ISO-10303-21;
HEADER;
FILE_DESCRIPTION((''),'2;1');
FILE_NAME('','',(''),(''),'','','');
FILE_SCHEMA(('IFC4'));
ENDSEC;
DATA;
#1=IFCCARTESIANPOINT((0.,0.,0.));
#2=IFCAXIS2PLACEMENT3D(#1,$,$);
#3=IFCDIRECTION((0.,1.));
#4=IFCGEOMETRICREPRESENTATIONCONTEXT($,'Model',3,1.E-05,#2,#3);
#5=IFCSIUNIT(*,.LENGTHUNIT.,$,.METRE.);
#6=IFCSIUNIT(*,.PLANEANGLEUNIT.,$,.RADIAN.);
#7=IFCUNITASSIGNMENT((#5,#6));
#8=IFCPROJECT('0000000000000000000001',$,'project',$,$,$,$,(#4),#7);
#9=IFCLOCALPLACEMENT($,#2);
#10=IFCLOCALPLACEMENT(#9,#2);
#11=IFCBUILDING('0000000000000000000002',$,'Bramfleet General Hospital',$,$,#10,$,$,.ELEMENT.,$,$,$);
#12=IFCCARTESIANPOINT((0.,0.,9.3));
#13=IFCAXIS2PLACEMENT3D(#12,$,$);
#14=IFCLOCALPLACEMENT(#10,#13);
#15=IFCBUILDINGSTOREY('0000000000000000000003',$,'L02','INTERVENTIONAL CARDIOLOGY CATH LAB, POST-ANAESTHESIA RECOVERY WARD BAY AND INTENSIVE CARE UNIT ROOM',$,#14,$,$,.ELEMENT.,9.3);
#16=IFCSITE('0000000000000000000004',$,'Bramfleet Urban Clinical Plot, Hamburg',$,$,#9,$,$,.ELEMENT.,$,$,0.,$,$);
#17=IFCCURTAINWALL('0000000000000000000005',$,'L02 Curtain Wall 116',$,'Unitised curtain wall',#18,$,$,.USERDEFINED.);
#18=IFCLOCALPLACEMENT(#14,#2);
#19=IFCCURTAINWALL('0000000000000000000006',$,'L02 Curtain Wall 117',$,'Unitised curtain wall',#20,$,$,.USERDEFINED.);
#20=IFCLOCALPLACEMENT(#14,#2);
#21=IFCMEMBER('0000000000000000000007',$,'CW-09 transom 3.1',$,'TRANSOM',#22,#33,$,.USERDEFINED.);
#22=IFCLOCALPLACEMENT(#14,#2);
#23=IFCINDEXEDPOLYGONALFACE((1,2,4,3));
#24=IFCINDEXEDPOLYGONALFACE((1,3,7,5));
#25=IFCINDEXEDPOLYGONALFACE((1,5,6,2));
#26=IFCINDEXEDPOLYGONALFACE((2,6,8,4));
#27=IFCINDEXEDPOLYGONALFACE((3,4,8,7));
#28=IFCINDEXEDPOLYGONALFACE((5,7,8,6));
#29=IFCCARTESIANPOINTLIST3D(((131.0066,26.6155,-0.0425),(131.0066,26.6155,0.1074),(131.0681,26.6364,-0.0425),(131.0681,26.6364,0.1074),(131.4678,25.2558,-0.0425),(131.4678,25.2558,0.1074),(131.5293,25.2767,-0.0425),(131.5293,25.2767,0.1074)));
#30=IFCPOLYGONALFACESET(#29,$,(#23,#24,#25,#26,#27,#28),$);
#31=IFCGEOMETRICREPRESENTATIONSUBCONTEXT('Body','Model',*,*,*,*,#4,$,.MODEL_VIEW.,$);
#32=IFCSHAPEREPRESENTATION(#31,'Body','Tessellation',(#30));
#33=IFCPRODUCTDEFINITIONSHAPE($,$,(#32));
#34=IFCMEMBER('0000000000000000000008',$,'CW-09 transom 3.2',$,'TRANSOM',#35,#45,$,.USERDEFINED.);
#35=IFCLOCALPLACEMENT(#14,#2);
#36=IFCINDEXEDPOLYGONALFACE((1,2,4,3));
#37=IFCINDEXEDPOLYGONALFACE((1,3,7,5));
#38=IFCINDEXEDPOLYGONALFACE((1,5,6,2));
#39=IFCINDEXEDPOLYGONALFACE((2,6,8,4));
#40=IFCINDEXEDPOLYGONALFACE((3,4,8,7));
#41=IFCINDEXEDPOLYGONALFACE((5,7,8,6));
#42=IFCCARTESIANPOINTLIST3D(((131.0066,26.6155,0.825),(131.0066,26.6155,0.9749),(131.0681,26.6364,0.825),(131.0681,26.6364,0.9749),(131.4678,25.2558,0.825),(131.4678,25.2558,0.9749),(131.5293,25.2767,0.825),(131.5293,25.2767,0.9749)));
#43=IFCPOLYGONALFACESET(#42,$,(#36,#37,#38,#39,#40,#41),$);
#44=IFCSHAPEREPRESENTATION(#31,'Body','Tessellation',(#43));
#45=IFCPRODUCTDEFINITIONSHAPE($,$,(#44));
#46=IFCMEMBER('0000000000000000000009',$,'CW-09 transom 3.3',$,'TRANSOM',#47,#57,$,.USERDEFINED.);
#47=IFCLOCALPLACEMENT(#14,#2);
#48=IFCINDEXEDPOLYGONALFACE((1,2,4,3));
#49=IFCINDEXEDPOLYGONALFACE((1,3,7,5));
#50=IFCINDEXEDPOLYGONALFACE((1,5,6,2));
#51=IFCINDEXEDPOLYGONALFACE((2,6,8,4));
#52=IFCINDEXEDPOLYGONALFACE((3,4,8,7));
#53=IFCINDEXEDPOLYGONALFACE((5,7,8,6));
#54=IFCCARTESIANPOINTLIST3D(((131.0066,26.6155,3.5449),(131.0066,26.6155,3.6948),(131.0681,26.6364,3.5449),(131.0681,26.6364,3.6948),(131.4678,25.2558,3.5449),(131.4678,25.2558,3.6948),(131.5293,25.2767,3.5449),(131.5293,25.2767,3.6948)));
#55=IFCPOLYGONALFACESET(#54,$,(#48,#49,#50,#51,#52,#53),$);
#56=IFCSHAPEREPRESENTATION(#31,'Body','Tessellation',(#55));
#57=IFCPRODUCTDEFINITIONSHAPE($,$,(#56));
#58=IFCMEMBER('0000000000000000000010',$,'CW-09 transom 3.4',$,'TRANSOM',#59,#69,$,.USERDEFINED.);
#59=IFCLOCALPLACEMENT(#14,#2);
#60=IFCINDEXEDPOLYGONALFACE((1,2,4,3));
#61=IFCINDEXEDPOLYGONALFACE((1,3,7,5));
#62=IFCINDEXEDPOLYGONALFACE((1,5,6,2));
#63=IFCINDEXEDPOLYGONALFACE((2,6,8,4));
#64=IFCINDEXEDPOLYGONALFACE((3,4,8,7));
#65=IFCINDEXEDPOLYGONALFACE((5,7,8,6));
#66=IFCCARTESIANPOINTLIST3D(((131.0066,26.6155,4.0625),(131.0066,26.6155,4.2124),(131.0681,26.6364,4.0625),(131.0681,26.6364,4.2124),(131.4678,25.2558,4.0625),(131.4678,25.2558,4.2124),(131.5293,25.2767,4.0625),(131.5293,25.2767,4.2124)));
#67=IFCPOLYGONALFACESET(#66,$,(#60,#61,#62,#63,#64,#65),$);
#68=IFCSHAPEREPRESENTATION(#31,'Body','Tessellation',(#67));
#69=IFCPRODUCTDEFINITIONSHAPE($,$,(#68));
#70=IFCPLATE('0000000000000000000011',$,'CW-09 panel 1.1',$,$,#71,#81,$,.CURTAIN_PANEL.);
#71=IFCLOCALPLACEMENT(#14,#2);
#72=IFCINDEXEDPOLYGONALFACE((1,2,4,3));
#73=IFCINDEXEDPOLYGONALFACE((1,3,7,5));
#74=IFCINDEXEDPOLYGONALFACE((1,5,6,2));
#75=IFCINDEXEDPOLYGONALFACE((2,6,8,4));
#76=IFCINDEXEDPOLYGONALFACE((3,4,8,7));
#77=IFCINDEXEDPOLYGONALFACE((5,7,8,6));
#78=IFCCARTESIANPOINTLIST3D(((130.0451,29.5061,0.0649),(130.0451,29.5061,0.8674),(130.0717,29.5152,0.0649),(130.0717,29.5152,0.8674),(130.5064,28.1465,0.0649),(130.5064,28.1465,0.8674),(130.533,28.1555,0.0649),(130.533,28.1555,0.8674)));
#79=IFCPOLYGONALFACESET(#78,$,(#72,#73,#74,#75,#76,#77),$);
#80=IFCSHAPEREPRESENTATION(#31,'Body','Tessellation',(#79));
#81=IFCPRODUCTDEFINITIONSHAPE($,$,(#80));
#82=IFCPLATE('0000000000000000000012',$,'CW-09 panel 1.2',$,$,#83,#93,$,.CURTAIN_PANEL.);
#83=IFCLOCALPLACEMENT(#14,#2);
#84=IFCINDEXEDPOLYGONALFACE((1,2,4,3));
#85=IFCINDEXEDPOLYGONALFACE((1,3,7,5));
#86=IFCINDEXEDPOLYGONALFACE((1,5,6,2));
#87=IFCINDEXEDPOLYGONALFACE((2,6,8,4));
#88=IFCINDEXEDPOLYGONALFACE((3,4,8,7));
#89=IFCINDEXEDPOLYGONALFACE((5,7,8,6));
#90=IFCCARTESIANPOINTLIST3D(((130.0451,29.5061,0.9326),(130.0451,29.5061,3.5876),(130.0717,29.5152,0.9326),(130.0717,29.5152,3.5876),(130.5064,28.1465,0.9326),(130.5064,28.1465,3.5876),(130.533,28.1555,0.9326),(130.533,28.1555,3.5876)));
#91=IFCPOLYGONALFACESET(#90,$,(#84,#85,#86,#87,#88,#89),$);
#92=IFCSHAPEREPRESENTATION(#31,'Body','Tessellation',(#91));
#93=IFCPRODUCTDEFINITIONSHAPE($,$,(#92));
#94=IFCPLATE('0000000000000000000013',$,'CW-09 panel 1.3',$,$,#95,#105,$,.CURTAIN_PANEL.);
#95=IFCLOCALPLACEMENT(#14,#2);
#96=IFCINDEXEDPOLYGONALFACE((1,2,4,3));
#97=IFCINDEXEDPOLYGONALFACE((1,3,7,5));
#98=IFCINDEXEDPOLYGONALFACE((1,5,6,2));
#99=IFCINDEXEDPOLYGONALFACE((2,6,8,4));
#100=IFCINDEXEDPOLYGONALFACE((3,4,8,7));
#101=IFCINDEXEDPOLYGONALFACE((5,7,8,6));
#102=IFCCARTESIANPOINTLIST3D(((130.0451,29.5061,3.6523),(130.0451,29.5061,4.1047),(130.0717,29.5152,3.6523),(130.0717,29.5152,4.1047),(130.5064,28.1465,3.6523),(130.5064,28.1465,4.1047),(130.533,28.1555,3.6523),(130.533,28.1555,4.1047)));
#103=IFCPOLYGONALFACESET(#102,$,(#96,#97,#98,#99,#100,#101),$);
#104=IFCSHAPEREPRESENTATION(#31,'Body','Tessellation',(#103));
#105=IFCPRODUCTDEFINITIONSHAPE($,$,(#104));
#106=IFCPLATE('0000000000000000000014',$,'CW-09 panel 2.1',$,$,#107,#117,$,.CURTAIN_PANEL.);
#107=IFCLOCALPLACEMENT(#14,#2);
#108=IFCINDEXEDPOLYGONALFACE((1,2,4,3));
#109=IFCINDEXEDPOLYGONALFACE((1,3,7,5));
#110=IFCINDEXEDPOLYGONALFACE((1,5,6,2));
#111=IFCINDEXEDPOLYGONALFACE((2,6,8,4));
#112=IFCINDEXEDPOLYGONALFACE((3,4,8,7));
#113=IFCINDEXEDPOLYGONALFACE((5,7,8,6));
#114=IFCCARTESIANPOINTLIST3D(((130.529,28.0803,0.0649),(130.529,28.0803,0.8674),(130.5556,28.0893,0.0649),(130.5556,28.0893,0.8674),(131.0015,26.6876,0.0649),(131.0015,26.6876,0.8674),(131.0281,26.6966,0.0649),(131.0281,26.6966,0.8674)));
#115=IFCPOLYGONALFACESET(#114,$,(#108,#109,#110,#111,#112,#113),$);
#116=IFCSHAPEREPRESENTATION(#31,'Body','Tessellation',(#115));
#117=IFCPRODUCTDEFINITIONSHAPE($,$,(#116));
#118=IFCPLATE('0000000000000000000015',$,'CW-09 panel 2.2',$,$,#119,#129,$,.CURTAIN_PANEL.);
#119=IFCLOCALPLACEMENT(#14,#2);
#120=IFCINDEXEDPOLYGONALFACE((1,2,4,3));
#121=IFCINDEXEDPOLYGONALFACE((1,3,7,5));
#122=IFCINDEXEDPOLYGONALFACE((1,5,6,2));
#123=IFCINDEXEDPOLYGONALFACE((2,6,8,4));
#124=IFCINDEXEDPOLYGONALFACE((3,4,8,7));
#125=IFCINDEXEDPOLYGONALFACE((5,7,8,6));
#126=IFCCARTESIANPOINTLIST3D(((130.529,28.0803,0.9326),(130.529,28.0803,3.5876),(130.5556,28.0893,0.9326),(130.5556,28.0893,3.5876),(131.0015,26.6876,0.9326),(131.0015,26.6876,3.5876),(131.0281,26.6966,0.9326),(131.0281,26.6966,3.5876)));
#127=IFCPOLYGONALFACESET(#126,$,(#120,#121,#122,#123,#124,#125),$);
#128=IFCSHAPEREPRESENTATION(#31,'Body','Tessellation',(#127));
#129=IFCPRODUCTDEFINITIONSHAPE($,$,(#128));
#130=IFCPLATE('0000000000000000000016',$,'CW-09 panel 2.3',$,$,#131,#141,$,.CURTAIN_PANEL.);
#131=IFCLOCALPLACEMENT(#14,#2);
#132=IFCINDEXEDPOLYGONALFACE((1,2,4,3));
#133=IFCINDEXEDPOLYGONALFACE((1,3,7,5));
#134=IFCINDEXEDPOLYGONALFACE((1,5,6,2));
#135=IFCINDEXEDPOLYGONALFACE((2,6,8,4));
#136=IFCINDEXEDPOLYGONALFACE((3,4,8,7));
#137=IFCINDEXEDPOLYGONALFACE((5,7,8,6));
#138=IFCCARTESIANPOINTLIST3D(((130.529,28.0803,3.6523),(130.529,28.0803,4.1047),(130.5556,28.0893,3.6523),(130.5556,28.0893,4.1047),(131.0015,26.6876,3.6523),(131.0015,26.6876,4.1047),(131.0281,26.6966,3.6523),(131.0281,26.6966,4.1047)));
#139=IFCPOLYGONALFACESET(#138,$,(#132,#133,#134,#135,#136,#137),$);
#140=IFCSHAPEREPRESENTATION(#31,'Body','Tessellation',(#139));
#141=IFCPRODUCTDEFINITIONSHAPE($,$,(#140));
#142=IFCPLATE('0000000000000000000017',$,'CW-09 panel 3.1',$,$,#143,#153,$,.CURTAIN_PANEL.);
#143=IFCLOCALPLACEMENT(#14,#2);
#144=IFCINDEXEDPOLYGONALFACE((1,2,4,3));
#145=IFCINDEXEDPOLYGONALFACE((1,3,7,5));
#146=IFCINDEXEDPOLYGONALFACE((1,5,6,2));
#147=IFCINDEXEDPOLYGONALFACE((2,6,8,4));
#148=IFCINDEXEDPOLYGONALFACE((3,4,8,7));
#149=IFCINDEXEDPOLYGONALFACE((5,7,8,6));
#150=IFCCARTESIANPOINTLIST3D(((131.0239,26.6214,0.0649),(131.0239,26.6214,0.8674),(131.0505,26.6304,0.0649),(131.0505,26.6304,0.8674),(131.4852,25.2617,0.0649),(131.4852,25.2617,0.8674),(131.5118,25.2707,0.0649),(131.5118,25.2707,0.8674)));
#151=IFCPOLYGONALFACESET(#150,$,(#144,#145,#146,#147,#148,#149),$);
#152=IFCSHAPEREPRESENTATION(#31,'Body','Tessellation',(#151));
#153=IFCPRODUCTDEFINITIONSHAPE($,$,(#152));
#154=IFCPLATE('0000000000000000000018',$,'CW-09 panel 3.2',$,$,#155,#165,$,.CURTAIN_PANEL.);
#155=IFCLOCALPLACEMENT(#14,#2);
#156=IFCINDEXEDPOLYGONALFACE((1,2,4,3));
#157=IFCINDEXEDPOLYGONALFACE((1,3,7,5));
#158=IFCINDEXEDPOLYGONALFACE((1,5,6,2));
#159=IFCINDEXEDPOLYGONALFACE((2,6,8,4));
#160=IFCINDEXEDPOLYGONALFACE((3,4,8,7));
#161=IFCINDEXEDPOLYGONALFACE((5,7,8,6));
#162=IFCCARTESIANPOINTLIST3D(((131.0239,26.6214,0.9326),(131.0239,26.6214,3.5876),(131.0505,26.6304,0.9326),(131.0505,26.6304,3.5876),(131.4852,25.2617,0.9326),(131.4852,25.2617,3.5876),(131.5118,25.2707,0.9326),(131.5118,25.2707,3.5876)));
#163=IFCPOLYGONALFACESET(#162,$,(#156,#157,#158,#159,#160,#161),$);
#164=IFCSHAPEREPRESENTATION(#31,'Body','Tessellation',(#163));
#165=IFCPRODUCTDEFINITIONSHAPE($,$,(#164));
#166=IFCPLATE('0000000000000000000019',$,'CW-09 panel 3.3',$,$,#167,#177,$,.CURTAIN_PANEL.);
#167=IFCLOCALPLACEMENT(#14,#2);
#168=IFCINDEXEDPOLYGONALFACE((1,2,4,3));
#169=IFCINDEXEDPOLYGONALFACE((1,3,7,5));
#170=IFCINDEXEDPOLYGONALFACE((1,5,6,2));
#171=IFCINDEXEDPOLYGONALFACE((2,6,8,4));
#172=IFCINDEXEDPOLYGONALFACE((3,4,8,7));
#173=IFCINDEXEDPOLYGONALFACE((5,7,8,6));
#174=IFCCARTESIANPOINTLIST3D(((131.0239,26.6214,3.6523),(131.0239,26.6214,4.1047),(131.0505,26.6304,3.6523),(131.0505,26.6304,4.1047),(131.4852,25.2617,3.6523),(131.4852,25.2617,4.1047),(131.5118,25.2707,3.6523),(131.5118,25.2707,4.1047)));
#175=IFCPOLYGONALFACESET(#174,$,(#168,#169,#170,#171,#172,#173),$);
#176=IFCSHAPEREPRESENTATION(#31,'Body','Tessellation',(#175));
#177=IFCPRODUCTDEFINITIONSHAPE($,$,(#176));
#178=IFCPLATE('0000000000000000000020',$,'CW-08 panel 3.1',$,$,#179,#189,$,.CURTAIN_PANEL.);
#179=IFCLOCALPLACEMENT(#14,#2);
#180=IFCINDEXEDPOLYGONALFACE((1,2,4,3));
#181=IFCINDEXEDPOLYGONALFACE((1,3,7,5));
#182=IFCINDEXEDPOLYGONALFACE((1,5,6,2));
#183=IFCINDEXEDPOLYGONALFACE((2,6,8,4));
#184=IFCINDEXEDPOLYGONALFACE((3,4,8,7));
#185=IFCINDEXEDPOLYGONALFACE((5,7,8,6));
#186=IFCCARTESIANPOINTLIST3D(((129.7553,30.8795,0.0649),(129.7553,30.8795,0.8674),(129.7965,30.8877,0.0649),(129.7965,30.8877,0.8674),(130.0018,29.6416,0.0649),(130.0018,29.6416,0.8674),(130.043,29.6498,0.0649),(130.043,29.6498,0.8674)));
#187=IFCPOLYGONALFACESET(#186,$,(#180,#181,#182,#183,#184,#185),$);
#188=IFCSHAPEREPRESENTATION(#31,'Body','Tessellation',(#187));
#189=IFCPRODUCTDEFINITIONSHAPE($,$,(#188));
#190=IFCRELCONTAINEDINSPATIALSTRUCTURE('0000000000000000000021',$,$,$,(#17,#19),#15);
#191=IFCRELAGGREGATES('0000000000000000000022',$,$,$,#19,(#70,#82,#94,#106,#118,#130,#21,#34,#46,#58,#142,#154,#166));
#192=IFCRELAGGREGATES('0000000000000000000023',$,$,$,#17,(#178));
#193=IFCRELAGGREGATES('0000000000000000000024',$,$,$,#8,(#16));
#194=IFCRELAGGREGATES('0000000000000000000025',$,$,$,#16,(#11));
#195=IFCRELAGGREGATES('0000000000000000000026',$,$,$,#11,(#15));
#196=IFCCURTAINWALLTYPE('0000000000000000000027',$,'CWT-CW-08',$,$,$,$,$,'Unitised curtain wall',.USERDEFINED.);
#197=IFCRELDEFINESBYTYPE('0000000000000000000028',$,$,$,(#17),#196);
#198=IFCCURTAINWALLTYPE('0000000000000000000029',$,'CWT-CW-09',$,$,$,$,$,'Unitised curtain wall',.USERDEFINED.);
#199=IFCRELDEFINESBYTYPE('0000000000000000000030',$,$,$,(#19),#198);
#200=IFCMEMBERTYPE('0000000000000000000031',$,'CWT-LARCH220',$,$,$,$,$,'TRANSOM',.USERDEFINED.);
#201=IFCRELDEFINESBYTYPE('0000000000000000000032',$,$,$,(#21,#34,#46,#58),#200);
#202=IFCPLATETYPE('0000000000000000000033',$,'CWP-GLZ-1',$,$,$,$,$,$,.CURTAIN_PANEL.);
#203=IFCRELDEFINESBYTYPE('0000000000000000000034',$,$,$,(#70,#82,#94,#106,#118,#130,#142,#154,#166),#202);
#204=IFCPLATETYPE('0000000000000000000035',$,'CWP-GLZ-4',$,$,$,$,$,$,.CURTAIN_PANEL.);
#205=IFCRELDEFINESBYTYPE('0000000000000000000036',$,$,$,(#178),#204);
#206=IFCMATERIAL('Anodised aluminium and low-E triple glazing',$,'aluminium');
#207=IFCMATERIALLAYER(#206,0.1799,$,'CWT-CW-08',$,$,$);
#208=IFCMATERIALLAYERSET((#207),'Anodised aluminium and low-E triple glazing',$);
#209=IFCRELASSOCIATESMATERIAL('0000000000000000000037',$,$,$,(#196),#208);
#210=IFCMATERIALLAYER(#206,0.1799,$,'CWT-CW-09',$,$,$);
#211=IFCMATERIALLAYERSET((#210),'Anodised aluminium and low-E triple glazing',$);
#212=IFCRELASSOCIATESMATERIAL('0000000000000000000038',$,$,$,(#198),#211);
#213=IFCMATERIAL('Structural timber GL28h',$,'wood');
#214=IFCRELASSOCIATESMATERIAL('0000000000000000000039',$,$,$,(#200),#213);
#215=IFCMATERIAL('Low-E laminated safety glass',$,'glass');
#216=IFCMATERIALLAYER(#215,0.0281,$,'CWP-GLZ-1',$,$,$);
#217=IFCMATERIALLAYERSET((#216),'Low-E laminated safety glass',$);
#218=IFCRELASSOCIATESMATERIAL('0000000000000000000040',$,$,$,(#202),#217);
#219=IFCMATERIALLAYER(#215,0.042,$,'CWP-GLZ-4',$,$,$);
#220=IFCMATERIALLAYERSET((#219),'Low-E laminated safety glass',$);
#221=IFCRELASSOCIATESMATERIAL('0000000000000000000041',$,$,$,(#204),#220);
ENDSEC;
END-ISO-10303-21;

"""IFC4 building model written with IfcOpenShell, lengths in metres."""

from ifc_helpers import new_model, si_unit, direction, frame, origin, origin_2d, place, context, subcontext, project, spatial, rectangle, extrude, material, layer, layer_set, material_profile, profile_set, type_object, element, aggregate, save


model = new_model("IFC4")

# Units and contexts
model_context = context("Model", 3, precision=1e-05, world=origin(), true_north=direction((0.0, 1.0)))
body_context = subcontext(model_context, "Body", "Model", "MODEL_VIEW")
ifc_project = project(units=[si_unit("LENGTHUNIT", "METRE"), si_unit("PLANEANGLEUNIT", "RADIAN")], contexts=[model_context])

# Site, building, storey
site_placement = place(None, origin())
site = spatial("IfcSite", under=ifc_project, at=site_placement, Name="Bramfleet Urban Clinical Plot, Hamburg", CompositionType="ELEMENT", RefElevation=0.0)
building_placement = place(site_placement, origin())
building = spatial("IfcBuilding", under=site, at=building_placement, Name="Bramfleet General Hospital", CompositionType="ELEMENT")
storey_placement = place(building_placement, frame((0.0, 0.0, 9.3)))
storey = spatial("IfcBuildingStorey", under=building, at=storey_placement, Name="L02", Description="INTERVENTIONAL CARDIOLOGY CATH LAB, POST-ANAESTHESIA RECOVERY WARD BAY AND INTENSIVE CARE UNIT ROOM", CompositionType="ELEMENT", Elevation=9.3)

# Curtain wall
ifc_material_1 = material(Name="Anodised aluminium and low-E triple glazing", Category="aluminium")
ifc_layer_1 = layer(ifc_material_1, 0.1799, Name="CWT-CW-08")
ifc_layer_set_1 = layer_set([ifc_layer_1], Name="Anodised aluminium and low-E triple glazing")
curtain_wall_type_1 = type_object("IfcCurtainWallType", Name="CWT-CW-08", ElementType="Unitised curtain wall", PredefinedType="USERDEFINED", material=ifc_layer_set_1)
curtain_wall_1_placement = place(storey_placement, origin())
curtain_wall_1 = element("IfcCurtainWall", 1, at=curtain_wall_1_placement, inside=storey, type_object=curtain_wall_type_1, Name="L02 Curtain Wall 116", ObjectType="Unitised curtain wall", PredefinedType="USERDEFINED")
ifc_material_2 = material(Name="Structural timber GL28h", Category="wood")

# Curtain wall
ifc_layer_2 = layer(ifc_material_1, 0.1799, Name="CWT-CW-09")
ifc_layer_set_2 = layer_set([ifc_layer_2], Name="Anodised aluminium and low-E triple glazing")
curtain_wall_type_2 = type_object("IfcCurtainWallType", Name="CWT-CW-09", ElementType="Unitised curtain wall", PredefinedType="USERDEFINED", material=ifc_layer_set_2)
curtain_wall_2_placement = place(storey_placement, origin())
curtain_wall_2 = element("IfcCurtainWall", 2, at=curtain_wall_2_placement, inside=storey, type_object=curtain_wall_type_2, Name="L02 Curtain Wall 117", ObjectType="Unitised curtain wall", PredefinedType="USERDEFINED")

# Members
ifc_material_profile_1 = material_profile(ifc_material_2, rectangle(XDim=0.0649, YDim=0.1499, at=origin_2d()), Name="LARCH 150x65")
ifc_profile_set_1 = profile_set([ifc_material_profile_1], Name="Structural timber GL28h")
member_type_1 = type_object("IfcMemberType", Name="CWT-LARCH220", ElementType="TRANSOM", PredefinedType="USERDEFINED", material=ifc_profile_set_1)
member_1_placement = place(storey_placement, frame((131.0374, 26.626, 0.0325), z_axis=(0.321223, -0.947004, 0.0), x_axis=(0.947004, 0.321223, 0.0)))
member_1 = element("IfcMember", 3, at=member_1_placement, type_object=member_type_1, Name="CW-09 transom 3.1", ObjectType="TRANSOM", PredefinedType="USERDEFINED", context=body_context, shape_type="SweptSolid", body=[
    extrude(rectangle(XDim=0.0649, YDim=0.1499, at=origin_2d()), origin(), (0.0, 0.0, 1.0), 1.4358),
])
member_2_placement = place(storey_placement, frame((131.0374, 26.626, 0.8999), z_axis=(0.321223, -0.947004, 0.0), x_axis=(0.947004, 0.321223, 0.0)))
member_2 = element("IfcMember", 4, at=member_2_placement, type_object=member_type_1, Name="CW-09 transom 3.2", ObjectType="TRANSOM", PredefinedType="USERDEFINED", context=body_context, shape_type="SweptSolid", body=[
    extrude(rectangle(XDim=0.0649, YDim=0.1499, at=origin_2d()), origin(), (0.0, 0.0, 1.0), 1.4358),
])
member_3_placement = place(storey_placement, frame((131.0374, 26.626, 3.6199), z_axis=(0.321223, -0.947004, 0.0), x_axis=(0.947004, 0.321223, 0.0)))
member_3 = element("IfcMember", 5, at=member_3_placement, type_object=member_type_1, Name="CW-09 transom 3.3", ObjectType="TRANSOM", PredefinedType="USERDEFINED", context=body_context, shape_type="SweptSolid", body=[
    extrude(rectangle(XDim=0.0649, YDim=0.1499, at=origin_2d()), origin(), (0.0, 0.0, 1.0), 1.4358),
])
member_4_placement = place(storey_placement, frame((131.0374, 26.626, 4.1375), z_axis=(0.321223, -0.947004, 0.0), x_axis=(0.947004, 0.321223, 0.0)))
member_4 = element("IfcMember", 6, at=member_4_placement, type_object=member_type_1, Name="CW-09 transom 3.4", ObjectType="TRANSOM", PredefinedType="USERDEFINED", context=body_context, shape_type="SweptSolid", body=[
    extrude(rectangle(XDim=0.0649, YDim=0.1499, at=origin_2d()), origin(), (0.0, 0.0, 1.0), 1.4358),
])

# Plates
ifc_material_3 = material(Name="Low-E laminated safety glass", Category="glass")
ifc_layer_3 = layer(ifc_material_3, 0.0281, Name="CWP-GLZ-1")
ifc_layer_set_3 = layer_set([ifc_layer_3], Name="Low-E laminated safety glass")
plate_type_1 = type_object("IfcPlateType", Name="CWP-GLZ-1", PredefinedType="CURTAIN_PANEL", material=ifc_layer_set_3)
plate_1_placement = place(storey_placement, frame((130.2891, 28.8308, 0.0649), z_axis=(0.0, 0.0, 1.0), x_axis=(0.321286, -0.946982, 0.0)))
plate_1 = element("IfcPlate", 7, at=plate_1_placement, type_object=plate_type_1, Name="CW-09 panel 1.1", PredefinedType="CURTAIN_PANEL", context=body_context, shape_type="SweptSolid", body=[
    extrude(rectangle(XDim=1.4358, YDim=0.0281, at=origin_2d()), origin(), (0.0, 0.0, 1.0), 0.8025),
])
plate_2_placement = place(storey_placement, frame((130.2891, 28.8308, 0.9326), z_axis=(0.0, 0.0, 1.0), x_axis=(0.321286, -0.946982, 0.0)))
plate_2 = element("IfcPlate", 8, at=plate_2_placement, type_object=plate_type_1, Name="CW-09 panel 1.2", PredefinedType="CURTAIN_PANEL", context=body_context, shape_type="SweptSolid", body=[
    extrude(rectangle(XDim=1.4358, YDim=0.0281, at=origin_2d()), origin(), (0.0, 0.0, 1.0), 2.655),
])
plate_3_placement = place(storey_placement, frame((130.2891, 28.8308, 3.6523), z_axis=(0.0, 0.0, 1.0), x_axis=(0.321286, -0.946982, 0.0)))
plate_3 = element("IfcPlate", 9, at=plate_3_placement, type_object=plate_type_1, Name="CW-09 panel 1.3", PredefinedType="CURTAIN_PANEL", context=body_context, shape_type="SweptSolid", body=[
    extrude(rectangle(XDim=1.4358, YDim=0.0281, at=origin_2d()), origin(), (0.0, 0.0, 1.0), 0.4524),
])
plate_4_placement = place(storey_placement, frame((130.7786, 27.3884, 0.0649), z_axis=(0.0, 0.0, 1.0), x_axis=(0.321286, -0.946982, 0.0)))
plate_4 = element("IfcPlate", 10, at=plate_4_placement, type_object=plate_type_1, Name="CW-09 panel 2.1", PredefinedType="CURTAIN_PANEL", context=body_context, shape_type="SweptSolid", body=[
    extrude(rectangle(XDim=1.4707, YDim=0.0281, at=origin_2d()), origin(), (0.0, 0.0, 1.0), 0.8025),
])
plate_5_placement = place(storey_placement, frame((130.7786, 27.3884, 0.9326), z_axis=(0.0, 0.0, 1.0), x_axis=(0.321286, -0.946982, 0.0)))
plate_5 = element("IfcPlate", 11, at=plate_5_placement, type_object=plate_type_1, Name="CW-09 panel 2.2", PredefinedType="CURTAIN_PANEL", context=body_context, shape_type="SweptSolid", body=[
    extrude(rectangle(XDim=1.4707, YDim=0.0281, at=origin_2d()), origin(), (0.0, 0.0, 1.0), 2.655),
])
plate_6_placement = place(storey_placement, frame((130.7786, 27.3884, 3.6523), z_axis=(0.0, 0.0, 1.0), x_axis=(0.321286, -0.946982, 0.0)))
plate_6 = element("IfcPlate", 12, at=plate_6_placement, type_object=plate_type_1, Name="CW-09 panel 2.3", PredefinedType="CURTAIN_PANEL", context=body_context, shape_type="SweptSolid", body=[
    extrude(rectangle(XDim=1.4707, YDim=0.0281, at=origin_2d()), origin(), (0.0, 0.0, 1.0), 0.4524),
])
plate_7_placement = place(storey_placement, frame((131.2678, 25.946, 0.0649), z_axis=(0.0, 0.0, 1.0), x_axis=(0.321286, -0.946982, 0.0)))
plate_7 = element("IfcPlate", 13, at=plate_7_placement, type_object=plate_type_1, Name="CW-09 panel 3.1", PredefinedType="CURTAIN_PANEL", context=body_context, shape_type="SweptSolid", body=[
    extrude(rectangle(XDim=1.4358, YDim=0.0281, at=origin_2d()), origin(), (0.0, 0.0, 1.0), 0.8025),
])
plate_8_placement = place(storey_placement, frame((131.2678, 25.946, 0.9326), z_axis=(0.0, 0.0, 1.0), x_axis=(0.321286, -0.946982, 0.0)))
plate_8 = element("IfcPlate", 14, at=plate_8_placement, type_object=plate_type_1, Name="CW-09 panel 3.2", PredefinedType="CURTAIN_PANEL", context=body_context, shape_type="SweptSolid", body=[
    extrude(rectangle(XDim=1.4358, YDim=0.0281, at=origin_2d()), origin(), (0.0, 0.0, 1.0), 2.655),
])
plate_9_placement = place(storey_placement, frame((131.2678, 25.946, 3.6523), z_axis=(0.0, 0.0, 1.0), x_axis=(0.321286, -0.946982, 0.0)))
plate_9 = element("IfcPlate", 15, at=plate_9_placement, type_object=plate_type_1, Name="CW-09 panel 3.3", PredefinedType="CURTAIN_PANEL", context=body_context, shape_type="SweptSolid", body=[
    extrude(rectangle(XDim=1.4358, YDim=0.0281, at=origin_2d()), origin(), (0.0, 0.0, 1.0), 0.4524),
])
aggregate(curtain_wall_2, [plate_1, plate_2, plate_3, plate_4, plate_5, plate_6, member_1, member_2, member_3, member_4, plate_7, plate_8, plate_9])
ifc_layer_4 = layer(ifc_material_3, 0.042, Name="CWP-GLZ-4")
ifc_layer_set_4 = layer_set([ifc_layer_4], Name="Low-E laminated safety glass")
plate_type_2 = type_object("IfcPlateType", Name="CWP-GLZ-4", PredefinedType="CURTAIN_PANEL", material=ifc_layer_set_4)
plate_10_placement = place(storey_placement, frame((129.8992, 30.2646, 0.0649), z_axis=(0.0, 0.0, 1.0), x_axis=(0.195272, -0.980749, 0.0)))
plate_10 = element("IfcPlate", 16, at=plate_10_placement, type_object=plate_type_2, Name="CW-08 panel 3.1", PredefinedType="CURTAIN_PANEL", context=body_context, shape_type="SweptSolid", body=[
    extrude(rectangle(XDim=1.2622, YDim=0.042, at=origin_2d()), origin(), (0.0, 0.0, 1.0), 0.8025),
])
aggregate(curtain_wall_1, [plate_10])

save(model, "model.ifc")
